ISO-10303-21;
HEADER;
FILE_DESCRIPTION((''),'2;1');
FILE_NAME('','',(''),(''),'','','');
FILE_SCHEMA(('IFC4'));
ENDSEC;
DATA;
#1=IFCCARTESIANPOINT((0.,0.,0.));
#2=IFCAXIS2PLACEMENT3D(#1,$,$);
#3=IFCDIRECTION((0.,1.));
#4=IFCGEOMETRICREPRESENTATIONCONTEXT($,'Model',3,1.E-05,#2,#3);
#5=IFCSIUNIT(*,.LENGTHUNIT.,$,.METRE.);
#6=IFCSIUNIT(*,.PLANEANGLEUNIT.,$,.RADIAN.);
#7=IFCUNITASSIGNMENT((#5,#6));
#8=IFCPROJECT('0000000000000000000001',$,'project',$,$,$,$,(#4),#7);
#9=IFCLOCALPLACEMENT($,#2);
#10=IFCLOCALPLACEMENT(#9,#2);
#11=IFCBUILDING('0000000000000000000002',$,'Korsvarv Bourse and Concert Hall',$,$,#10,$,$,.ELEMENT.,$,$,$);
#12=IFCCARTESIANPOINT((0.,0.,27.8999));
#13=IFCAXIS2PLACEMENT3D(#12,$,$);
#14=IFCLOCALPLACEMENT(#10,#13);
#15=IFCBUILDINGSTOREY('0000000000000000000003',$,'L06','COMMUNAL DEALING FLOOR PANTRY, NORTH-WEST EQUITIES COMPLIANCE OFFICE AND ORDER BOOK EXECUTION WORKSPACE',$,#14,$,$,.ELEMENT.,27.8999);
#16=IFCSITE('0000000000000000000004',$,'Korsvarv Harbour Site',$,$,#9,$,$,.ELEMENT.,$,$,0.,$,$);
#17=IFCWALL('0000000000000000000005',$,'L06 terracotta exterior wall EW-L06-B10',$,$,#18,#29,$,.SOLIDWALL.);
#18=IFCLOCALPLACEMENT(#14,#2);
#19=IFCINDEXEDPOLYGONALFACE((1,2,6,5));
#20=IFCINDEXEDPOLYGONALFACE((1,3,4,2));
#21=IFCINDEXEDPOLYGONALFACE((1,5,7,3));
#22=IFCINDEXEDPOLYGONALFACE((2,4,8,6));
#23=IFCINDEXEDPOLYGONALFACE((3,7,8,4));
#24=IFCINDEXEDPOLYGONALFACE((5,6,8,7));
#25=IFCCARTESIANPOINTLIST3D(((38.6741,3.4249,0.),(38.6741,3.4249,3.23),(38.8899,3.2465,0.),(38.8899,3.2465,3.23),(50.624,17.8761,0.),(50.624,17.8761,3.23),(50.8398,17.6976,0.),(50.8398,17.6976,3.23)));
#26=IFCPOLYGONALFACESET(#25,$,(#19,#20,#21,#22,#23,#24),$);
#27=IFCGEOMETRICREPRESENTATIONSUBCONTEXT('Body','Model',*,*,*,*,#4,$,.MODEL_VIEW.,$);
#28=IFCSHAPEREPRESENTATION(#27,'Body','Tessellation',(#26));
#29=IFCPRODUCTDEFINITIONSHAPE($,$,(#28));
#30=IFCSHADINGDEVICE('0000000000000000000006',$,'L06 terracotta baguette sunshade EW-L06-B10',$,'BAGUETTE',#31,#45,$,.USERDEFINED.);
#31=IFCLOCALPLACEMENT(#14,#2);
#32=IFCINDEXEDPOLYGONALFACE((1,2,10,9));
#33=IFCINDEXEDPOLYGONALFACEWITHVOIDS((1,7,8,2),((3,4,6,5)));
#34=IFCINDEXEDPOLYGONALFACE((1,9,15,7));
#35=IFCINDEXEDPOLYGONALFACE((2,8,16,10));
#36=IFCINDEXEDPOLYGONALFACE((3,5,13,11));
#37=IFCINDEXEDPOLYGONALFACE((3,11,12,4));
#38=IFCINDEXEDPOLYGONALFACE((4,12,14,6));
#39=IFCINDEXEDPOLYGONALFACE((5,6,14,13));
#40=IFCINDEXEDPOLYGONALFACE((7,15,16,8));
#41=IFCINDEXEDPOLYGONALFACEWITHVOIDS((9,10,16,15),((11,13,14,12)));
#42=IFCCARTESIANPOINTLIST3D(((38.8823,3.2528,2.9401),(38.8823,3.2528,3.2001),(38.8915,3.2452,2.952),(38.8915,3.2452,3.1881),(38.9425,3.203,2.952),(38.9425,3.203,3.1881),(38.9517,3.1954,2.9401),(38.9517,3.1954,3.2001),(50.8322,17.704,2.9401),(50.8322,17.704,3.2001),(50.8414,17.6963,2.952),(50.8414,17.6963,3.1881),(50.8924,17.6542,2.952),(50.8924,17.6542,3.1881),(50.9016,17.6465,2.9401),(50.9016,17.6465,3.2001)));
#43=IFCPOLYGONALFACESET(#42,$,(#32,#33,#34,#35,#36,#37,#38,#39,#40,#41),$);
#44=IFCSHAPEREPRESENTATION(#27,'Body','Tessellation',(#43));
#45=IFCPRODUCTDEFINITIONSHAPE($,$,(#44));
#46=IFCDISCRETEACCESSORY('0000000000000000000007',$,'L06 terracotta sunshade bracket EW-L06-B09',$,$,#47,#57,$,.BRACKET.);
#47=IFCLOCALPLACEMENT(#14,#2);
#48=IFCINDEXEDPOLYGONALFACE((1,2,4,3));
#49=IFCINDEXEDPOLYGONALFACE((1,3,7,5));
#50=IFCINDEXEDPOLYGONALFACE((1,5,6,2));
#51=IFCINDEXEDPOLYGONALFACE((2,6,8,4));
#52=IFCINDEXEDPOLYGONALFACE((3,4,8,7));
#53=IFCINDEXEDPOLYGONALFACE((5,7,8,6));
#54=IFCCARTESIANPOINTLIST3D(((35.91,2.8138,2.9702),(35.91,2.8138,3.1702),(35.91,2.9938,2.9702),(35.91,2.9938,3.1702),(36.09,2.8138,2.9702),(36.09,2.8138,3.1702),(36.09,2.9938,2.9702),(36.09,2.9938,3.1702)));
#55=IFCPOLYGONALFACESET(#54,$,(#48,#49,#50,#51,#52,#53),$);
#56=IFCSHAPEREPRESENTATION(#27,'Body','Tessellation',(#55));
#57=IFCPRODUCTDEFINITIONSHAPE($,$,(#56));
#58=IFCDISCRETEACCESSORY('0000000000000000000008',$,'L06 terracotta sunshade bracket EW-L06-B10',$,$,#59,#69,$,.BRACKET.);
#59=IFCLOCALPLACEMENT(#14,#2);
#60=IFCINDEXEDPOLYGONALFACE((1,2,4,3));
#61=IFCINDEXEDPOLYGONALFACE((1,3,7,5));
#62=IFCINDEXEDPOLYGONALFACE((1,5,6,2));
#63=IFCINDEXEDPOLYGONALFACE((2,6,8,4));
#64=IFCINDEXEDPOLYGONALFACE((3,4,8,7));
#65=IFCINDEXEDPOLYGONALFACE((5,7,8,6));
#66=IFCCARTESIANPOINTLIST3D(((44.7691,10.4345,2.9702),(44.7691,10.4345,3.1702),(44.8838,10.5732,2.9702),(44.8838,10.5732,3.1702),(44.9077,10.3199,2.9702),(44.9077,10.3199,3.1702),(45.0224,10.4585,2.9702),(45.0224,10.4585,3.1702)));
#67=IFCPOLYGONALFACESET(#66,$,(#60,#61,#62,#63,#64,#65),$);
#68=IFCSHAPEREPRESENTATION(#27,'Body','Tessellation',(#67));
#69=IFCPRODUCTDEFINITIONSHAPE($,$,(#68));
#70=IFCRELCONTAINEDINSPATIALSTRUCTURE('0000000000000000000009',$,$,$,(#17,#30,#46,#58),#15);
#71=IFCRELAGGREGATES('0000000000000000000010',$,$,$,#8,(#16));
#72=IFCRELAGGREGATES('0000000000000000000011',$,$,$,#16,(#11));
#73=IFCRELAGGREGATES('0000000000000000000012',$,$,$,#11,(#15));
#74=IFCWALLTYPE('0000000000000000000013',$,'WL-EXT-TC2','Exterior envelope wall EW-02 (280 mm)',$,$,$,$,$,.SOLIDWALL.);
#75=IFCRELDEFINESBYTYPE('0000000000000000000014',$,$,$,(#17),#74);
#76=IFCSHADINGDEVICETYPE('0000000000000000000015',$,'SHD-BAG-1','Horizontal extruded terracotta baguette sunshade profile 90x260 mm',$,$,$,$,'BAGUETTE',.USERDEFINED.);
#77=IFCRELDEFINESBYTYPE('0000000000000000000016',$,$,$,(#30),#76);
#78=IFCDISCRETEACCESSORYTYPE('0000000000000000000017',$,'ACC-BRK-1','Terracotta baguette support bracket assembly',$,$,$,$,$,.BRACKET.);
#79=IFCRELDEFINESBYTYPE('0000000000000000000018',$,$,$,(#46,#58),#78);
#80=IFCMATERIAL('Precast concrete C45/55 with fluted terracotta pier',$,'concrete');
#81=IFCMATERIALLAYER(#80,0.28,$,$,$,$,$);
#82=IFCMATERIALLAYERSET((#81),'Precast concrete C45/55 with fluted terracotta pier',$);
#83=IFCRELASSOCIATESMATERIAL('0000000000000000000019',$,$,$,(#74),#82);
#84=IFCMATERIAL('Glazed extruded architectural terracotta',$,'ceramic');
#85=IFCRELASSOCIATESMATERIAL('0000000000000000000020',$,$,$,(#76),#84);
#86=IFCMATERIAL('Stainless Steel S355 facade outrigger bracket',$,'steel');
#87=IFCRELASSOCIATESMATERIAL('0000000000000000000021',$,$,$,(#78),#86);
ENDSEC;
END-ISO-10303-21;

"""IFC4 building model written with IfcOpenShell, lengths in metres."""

from ifc_helpers import new_model, si_unit, direction, frame, frame_2d, origin, origin_2d, place, context, subcontext, project, spatial, rectangle, hollow_rectangle, extrude, source, transform, mapped, material, layer, layer_set, material_profile, profile_set, type_object, element, save


model = new_model("IFC4")

# Units and contexts
model_context = context("Model", 3, precision=1e-05, world=origin(), true_north=direction((0.0, 1.0)))
body_context = subcontext(model_context, "Body", "Model", "MODEL_VIEW")
ifc_project = project(units=[si_unit("LENGTHUNIT", "METRE"), si_unit("PLANEANGLEUNIT", "RADIAN")], contexts=[model_context])

# Site, building, storey
site_placement = place(None, origin())
site = spatial("IfcSite", under=ifc_project, at=site_placement, Name="Korsvarv Harbour Site", CompositionType="ELEMENT", RefElevation=0.0)
building_placement = place(site_placement, origin())
building = spatial("IfcBuilding", under=site, at=building_placement, Name="Korsvarv Bourse and Concert Hall", CompositionType="ELEMENT")
storey_placement = place(building_placement, frame((0.0, 0.0, 27.8999)))
storey = spatial("IfcBuildingStorey", under=building, at=storey_placement, Name="L06", Description="COMMUNAL DEALING FLOOR PANTRY, NORTH-WEST EQUITIES COMPLIANCE OFFICE AND ORDER BOOK EXECUTION WORKSPACE", CompositionType="ELEMENT", Elevation=27.8999)

# Wall
ifc_material_1 = material(Name="Precast concrete C45/55 with fluted terracotta pier", Category="concrete")
ifc_layer_1 = layer(ifc_material_1, 0.28)
ifc_layer_set_1 = layer_set([ifc_layer_1], Name="Precast concrete C45/55 with fluted terracotta pier")
wall_type = type_object("IfcWallType", Name="WL-EXT-TC2", Description="Exterior envelope wall EW-02 (280 mm)", PredefinedType="SOLIDWALL", material=ifc_layer_set_1)
wall_placement = place(storey_placement, frame((38.782, 3.3357, 0.0), z_axis=(0.0, 0.0, 1.0), x_axis=(0.637263, 0.770647, 0.0)))
element("IfcWall", 1, at=wall_placement, inside=storey, type_object=wall_type, Name="L06 terracotta exterior wall EW-L06-B10", PredefinedType="SOLIDWALL", context=body_context, shape_type="SweptSolid", body=[
    extrude(rectangle(XDim=18.752, YDim=0.28, at=frame_2d((9.376, 0.0))), origin(), (0.0, 0.0, 1.0), 3.23),
])

# Shading device
ifc_material_2 = material(Name="Glazed extruded architectural terracotta", Category="ceramic")
ifc_material_profile_1 = material_profile(ifc_material_2, hollow_rectangle(XDim=0.0901, YDim=0.26, WallThickness=0.012, at=origin_2d()), Name="TC-BAG 90x260")
ifc_profile_set_1 = profile_set([ifc_material_profile_1], Name="Glazed extruded architectural terracotta")
shading_device_type = type_object("IfcShadingDeviceType", Name="SHD-BAG-1", Description="Horizontal extruded terracotta baguette sunshade profile 90x260 mm", ElementType="BAGUETTE", PredefinedType="USERDEFINED", material=ifc_profile_set_1)
shared_shape_1 = source(origin(), body_context, "Body", "SweptSolid", [
    extrude(hollow_rectangle(XDim=0.0901, YDim=0.26, WallThickness=0.012, at=origin_2d()), origin(), (0.0, 0.0, 1.0), 18.752),
])
shading_device_placement = place(storey_placement, frame((38.917, 3.2241, 3.0701), z_axis=(0.637263, 0.770647, 0.0), x_axis=(-0.770647, 0.637263, 0.0)))
element("IfcShadingDevice", 2, at=shading_device_placement, inside=storey, type_object=shading_device_type, Name="L06 terracotta baguette sunshade EW-L06-B10", ObjectType="BAGUETTE", PredefinedType="USERDEFINED", context=body_context, shape_type="MappedRepresentation", body=[
    mapped(shared_shape_1, transform((0.0, 0.0, 0.0), scale=1.0)),
])

# Discrete accessories
ifc_material_3 = material(Name="Stainless Steel S355 facade outrigger bracket", Category="steel")
discrete_accessory_type = type_object("IfcDiscreteAccessoryType", Name="ACC-BRK-1", Description="Terracotta baguette support bracket assembly", PredefinedType="BRACKET", material=ifc_material_3)
shared_shape_2 = source(origin(), body_context, "Body", "SweptSolid", [
    extrude(rectangle(XDim=0.1799, YDim=0.1799, at=origin_2d()), origin(), (0.0, 0.0, 1.0), 0.2),
])
for number, where, z_axis, x_axis, name in (
    (3, (36.0, 2.9038, 2.9702), (0.0, 0.0, 1.0), (1.0, 0.0, 0.0), "L06 terracotta sunshade bracket EW-L06-B09"),
    (4, (44.8958, 10.4465, 2.9702), (0.0, 0.0, 1.0), (0.63729, 0.770624, 0.0), "L06 terracotta sunshade bracket EW-L06-B10"),
):
    element("IfcDiscreteAccessory", number, at=place(storey_placement, frame(where, z_axis=z_axis, x_axis=x_axis)), inside=storey, type_object=discrete_accessory_type, Name=name, PredefinedType="BRACKET", context=body_context, shape_type="MappedRepresentation", body=[
        mapped(shared_shape_2, transform((0.0, 0.0, 0.0), scale=1.0)),
    ])

save(model, "model.ifc")
